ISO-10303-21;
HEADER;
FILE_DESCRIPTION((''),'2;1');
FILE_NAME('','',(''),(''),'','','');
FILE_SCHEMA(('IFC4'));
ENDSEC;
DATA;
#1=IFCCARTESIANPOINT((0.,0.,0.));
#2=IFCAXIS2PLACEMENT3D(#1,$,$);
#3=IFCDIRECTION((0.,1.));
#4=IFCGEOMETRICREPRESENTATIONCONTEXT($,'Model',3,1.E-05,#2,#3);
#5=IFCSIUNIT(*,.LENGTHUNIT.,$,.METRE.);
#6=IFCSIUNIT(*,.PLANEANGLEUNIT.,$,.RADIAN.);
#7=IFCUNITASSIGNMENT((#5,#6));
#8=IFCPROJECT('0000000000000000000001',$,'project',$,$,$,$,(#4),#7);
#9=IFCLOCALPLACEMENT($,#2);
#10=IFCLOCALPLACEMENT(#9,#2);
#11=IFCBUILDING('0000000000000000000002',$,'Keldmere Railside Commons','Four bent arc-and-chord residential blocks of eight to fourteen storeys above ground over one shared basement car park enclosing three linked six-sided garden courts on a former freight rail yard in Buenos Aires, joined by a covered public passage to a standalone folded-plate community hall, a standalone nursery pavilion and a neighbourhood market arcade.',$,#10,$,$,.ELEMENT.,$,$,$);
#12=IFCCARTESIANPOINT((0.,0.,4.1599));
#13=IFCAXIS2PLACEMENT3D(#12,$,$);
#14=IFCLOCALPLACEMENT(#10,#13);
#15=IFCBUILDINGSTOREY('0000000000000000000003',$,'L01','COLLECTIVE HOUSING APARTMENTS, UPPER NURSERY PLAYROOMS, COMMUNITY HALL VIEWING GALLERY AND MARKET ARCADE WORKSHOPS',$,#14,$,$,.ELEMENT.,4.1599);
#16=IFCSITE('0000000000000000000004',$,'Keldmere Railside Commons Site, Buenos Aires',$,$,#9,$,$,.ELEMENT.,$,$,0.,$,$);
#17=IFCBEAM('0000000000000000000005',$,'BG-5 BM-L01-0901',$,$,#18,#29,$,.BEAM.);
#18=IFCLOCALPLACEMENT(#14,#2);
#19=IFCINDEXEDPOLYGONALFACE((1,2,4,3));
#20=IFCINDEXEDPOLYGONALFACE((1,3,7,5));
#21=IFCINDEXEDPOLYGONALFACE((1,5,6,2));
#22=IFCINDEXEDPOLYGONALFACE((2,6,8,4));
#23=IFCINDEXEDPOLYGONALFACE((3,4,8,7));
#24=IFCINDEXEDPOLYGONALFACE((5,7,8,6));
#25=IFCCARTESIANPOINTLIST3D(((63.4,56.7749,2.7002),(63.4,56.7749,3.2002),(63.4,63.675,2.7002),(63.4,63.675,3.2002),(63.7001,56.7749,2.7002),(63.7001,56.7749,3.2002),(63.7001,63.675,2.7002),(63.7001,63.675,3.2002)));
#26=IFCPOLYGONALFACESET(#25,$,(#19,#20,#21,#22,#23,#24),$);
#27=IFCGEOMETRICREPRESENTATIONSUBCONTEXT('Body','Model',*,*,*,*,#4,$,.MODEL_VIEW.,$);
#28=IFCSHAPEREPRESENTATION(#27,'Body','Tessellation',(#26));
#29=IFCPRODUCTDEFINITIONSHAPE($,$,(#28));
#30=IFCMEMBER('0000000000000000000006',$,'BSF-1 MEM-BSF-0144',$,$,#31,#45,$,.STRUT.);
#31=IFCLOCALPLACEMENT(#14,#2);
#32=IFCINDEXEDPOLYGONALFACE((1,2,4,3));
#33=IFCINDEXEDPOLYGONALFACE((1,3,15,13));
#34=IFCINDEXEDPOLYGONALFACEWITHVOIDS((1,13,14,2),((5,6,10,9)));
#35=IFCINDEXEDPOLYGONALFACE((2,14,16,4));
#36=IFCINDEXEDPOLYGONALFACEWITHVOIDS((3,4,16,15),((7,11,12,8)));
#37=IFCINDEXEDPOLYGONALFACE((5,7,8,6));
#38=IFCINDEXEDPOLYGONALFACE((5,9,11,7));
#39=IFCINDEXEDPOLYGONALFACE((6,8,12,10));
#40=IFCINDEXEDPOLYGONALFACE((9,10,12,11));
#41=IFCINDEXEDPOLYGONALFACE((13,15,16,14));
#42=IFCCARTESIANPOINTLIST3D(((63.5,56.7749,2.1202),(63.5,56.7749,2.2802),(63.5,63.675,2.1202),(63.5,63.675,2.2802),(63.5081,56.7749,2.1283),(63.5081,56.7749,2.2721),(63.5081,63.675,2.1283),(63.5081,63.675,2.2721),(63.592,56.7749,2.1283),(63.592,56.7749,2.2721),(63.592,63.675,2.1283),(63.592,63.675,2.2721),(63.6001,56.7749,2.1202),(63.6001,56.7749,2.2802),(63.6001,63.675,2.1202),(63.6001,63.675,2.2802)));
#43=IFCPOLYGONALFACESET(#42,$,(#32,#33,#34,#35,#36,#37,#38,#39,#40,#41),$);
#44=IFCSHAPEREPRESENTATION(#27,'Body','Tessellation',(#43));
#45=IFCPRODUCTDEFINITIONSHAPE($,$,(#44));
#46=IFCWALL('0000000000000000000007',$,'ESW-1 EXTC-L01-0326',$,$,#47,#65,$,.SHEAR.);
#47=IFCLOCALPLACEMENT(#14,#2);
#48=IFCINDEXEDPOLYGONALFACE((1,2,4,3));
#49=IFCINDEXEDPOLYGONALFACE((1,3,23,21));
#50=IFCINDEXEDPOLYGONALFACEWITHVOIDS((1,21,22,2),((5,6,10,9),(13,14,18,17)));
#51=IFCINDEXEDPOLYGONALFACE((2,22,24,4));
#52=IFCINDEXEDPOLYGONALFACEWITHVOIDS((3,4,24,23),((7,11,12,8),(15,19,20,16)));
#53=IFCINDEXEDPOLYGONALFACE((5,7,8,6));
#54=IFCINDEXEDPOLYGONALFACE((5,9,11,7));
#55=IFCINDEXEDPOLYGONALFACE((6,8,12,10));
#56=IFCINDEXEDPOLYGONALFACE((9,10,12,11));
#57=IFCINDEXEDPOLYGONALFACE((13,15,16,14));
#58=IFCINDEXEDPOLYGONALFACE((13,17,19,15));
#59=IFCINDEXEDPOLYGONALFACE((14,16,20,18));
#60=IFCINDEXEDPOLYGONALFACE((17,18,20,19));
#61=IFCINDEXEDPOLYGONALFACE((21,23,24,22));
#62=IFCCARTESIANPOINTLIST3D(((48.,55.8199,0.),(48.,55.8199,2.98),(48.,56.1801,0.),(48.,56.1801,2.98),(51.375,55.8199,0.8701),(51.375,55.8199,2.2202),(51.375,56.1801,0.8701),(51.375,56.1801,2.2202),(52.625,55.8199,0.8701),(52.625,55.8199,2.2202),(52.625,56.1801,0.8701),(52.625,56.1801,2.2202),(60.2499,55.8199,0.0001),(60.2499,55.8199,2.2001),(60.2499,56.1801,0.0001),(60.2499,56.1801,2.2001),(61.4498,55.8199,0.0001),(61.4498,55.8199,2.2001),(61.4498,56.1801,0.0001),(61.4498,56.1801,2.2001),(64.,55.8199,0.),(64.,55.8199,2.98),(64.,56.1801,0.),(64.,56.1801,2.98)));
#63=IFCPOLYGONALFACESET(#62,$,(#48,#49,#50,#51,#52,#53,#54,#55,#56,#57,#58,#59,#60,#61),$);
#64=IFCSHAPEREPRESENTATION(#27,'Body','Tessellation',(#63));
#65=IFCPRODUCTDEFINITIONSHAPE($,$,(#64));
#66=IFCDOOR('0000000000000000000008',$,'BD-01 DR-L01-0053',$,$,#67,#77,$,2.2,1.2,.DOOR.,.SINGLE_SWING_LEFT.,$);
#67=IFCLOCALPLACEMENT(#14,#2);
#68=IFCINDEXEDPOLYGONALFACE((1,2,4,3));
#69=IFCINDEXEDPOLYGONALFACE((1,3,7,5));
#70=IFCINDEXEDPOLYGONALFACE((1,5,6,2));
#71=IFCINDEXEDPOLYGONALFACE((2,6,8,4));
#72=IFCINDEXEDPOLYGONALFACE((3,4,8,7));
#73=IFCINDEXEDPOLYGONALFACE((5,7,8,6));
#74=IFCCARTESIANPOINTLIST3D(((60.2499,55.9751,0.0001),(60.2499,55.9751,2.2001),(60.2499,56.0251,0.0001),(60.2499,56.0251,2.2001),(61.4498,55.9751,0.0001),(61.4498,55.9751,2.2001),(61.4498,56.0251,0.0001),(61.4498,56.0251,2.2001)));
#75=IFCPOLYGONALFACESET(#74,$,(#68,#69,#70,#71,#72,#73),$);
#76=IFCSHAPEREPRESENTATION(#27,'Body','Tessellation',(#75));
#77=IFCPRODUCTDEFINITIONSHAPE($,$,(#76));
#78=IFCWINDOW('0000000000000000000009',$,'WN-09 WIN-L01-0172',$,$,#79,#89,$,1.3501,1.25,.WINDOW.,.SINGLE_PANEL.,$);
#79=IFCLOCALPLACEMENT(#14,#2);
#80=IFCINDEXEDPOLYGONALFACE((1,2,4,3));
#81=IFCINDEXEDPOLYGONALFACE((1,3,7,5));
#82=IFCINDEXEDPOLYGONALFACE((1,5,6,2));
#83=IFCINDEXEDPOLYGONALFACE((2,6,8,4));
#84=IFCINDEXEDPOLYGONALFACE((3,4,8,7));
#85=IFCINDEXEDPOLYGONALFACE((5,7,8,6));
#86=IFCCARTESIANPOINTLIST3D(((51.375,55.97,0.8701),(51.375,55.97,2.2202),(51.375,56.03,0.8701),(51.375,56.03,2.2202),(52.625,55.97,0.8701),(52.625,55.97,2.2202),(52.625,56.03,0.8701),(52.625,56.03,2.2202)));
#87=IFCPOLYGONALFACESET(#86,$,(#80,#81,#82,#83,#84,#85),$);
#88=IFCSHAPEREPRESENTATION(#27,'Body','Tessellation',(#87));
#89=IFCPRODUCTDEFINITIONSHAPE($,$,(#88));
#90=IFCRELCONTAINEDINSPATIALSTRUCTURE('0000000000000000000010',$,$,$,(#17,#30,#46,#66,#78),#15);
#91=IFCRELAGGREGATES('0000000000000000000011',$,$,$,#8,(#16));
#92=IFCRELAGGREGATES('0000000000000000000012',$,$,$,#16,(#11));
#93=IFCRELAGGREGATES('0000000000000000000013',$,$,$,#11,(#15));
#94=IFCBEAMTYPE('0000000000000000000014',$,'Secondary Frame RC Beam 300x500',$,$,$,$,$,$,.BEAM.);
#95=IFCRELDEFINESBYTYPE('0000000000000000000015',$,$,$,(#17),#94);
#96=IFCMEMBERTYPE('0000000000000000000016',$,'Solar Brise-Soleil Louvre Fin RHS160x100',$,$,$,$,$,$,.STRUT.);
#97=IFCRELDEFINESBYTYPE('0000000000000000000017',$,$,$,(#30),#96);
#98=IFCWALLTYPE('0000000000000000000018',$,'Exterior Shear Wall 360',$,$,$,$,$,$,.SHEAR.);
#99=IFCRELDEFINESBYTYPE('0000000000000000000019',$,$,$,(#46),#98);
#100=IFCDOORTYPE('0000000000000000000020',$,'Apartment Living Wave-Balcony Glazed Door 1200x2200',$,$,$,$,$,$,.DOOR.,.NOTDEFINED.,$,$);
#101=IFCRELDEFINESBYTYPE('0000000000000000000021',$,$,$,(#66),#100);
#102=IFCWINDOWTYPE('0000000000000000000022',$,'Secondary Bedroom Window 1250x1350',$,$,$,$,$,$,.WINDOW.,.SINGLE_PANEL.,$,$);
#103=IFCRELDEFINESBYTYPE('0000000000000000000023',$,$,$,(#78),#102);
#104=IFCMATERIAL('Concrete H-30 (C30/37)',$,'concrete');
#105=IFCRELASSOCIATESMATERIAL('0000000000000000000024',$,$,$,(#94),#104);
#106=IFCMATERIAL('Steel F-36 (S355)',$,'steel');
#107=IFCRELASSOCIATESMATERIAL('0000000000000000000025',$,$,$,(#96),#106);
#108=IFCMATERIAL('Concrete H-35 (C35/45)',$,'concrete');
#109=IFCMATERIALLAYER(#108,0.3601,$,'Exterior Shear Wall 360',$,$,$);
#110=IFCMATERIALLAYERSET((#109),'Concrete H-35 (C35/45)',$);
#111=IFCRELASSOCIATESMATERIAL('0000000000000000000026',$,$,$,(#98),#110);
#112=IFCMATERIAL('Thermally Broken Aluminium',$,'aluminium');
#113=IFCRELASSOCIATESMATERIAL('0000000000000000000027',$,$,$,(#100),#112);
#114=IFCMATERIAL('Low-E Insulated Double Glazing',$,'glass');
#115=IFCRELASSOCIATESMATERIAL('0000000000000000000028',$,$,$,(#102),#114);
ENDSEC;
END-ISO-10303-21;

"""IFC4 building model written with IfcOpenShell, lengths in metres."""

from ifc_helpers import new_model, si_unit, direction, frame, frame_2d, origin, origin_2d, place, context, subcontext, project, spatial, rectangle, hollow_rectangle, extrude, material, layer, layer_set, material_profile, profile_set, type_object, element, fill, save


model = new_model("IFC4")

# Units and contexts
model_context = context("Model", 3, precision=1e-05, world=origin(), true_north=direction((0.0, 1.0)))
body_context = subcontext(model_context, "Body", "Model", "MODEL_VIEW")
ifc_project = project(units=[si_unit("LENGTHUNIT", "METRE"), si_unit("PLANEANGLEUNIT", "RADIAN")], contexts=[model_context])

# Site, building, storey
site_placement = place(None, origin())
site = spatial("IfcSite", under=ifc_project, at=site_placement, Name="Keldmere Railside Commons Site, Buenos Aires", CompositionType="ELEMENT", RefElevation=0.0)
building_placement = place(site_placement, origin())
building = spatial("IfcBuilding", under=site, at=building_placement, Name="Keldmere Railside Commons", Description="Four bent arc-and-chord residential blocks of eight to fourteen storeys above ground over one shared basement car park enclosing three linked six-sided garden courts on a former freight rail yard in Buenos Aires, joined by a covered public passage to a standalone folded-plate community hall, a standalone nursery pavilion and a neighbourhood market arcade.", CompositionType="ELEMENT")
storey_placement = place(building_placement, frame((0.0, 0.0, 4.1599)))
storey = spatial("IfcBuildingStorey", under=building, at=storey_placement, Name="L01", Description="COLLECTIVE HOUSING APARTMENTS, UPPER NURSERY PLAYROOMS, COMMUNITY HALL VIEWING GALLERY AND MARKET ARCADE WORKSHOPS", CompositionType="ELEMENT", Elevation=4.1599)

# Shared definitions
ifc_material_1 = material(Name="Steel F-36 (S355)", Category="steel")

# Beam
ifc_material_2 = material(Name="Concrete H-30 (C30/37)", Category="concrete")
ifc_material_profile_1 = material_profile(ifc_material_2, rectangle(XDim=0.3, YDim=0.5, at=origin_2d()), Name="RC-300x500")
ifc_profile_set_1 = profile_set([ifc_material_profile_1], Name="Concrete H-30 (C30/37)")
beam_type_1 = type_object("IfcBeamType", Name="Secondary Frame RC Beam 300x500", PredefinedType="BEAM", material=ifc_profile_set_1)
beam_placement = place(storey_placement, frame((63.55, 56.7749, 2.9502), z_axis=(0.0, 1.0, 0.0), x_axis=(-1.0, 0.0, 0.0)))
element("IfcBeam", 1, at=beam_placement, inside=storey, type_object=beam_type_1, Name="BG-5 BM-L01-0901", PredefinedType="BEAM", context=body_context, shape_type="SweptSolid", body=[
    extrude(rectangle(XDim=0.3, YDim=0.5, at=origin_2d()), origin(), (0.0, 0.0, 1.0), 6.9001),
])

# Member
ifc_material_profile_2 = material_profile(ifc_material_1, hollow_rectangle(XDim=0.1001, YDim=0.1599, WallThickness=0.0081, at=origin_2d()), Name="RHS-160x100x8")
ifc_profile_set_2 = profile_set([ifc_material_profile_2], Name="Steel F-36 (S355)")
member_type_1 = type_object("IfcMemberType", Name="Solar Brise-Soleil Louvre Fin RHS160x100", PredefinedType="STRUT", material=ifc_profile_set_2)
member_1_placement = place(storey_placement, frame((63.55, 56.7749, 2.2002), z_axis=(0.0, 1.0, 0.0), x_axis=(-1.0, 0.0, 0.0)))
element("IfcMember", 2, at=member_1_placement, inside=storey, type_object=member_type_1, Name="BSF-1 MEM-BSF-0144", PredefinedType="STRUT", context=body_context, shape_type="SweptSolid", body=[
    extrude(hollow_rectangle(XDim=0.1001, YDim=0.1599, WallThickness=0.0081, at=origin_2d()), origin(), (0.0, 0.0, 1.0), 6.9001),
])

# Wall, openings, door, window
ifc_material_3 = material(Name="Concrete H-35 (C35/45)", Category="concrete")
ifc_layer = layer(ifc_material_3, 0.3601, Name="Exterior Shear Wall 360")
ifc_layer_set = layer_set([ifc_layer], Name="Concrete H-35 (C35/45)")
wall_type = type_object("IfcWallType", Name="Exterior Shear Wall 360", PredefinedType="SHEAR", material=ifc_layer_set)
wall_placement = place(storey_placement, frame((64.0, 56.0, 0.0), z_axis=(0.0, 0.0, 1.0), x_axis=(-1.0, 0.0, 0.0)))
wall = element("IfcWall", 3, at=wall_placement, inside=storey, type_object=wall_type, Name="ESW-1 EXTC-L01-0326", PredefinedType="SHEAR", context=body_context, shape_type="SweptSolid", body=[
    extrude(rectangle(XDim=16.0, YDim=0.3601, at=frame_2d((8.0, 0.0))), origin(), (0.0, 0.0, 1.0), 2.98),
])
opening_1_placement = place(wall_placement, frame((2.55, 0.0, 0.0)))
opening_1 = element("IfcOpeningElement", 4, at=opening_1_placement, cuts=wall, PredefinedType="OPENING", context=body_context, shape_type="SweptSolid", body=[
    extrude(rectangle(XDim=1.2, YDim=2.2, at=frame_2d((0.6001, 1.1001))), frame((0.0, 0.1899, 0.0), z_axis=(0.0, -1.0, 0.0), x_axis=(1.0, 0.0, 0.0)), (0.0, 0.0, 1.0), 0.3801),
])
opening_2_placement = place(wall_placement, frame((11.375, 0.0, 0.8701)))
opening_2 = element("IfcOpeningElement", 5, at=opening_2_placement, cuts=wall, PredefinedType="OPENING", context=body_context, shape_type="SweptSolid", body=[
    extrude(rectangle(XDim=1.25, YDim=1.3501, at=frame_2d((0.625, 0.675))), frame((0.0, 0.1899, 0.0), z_axis=(0.0, -1.0, 0.0), x_axis=(1.0, 0.0, 0.0)), (0.0, 0.0, 1.0), 0.3801),
])
ifc_material_4 = material(Name="Thermally Broken Aluminium", Category="aluminium")
door_type = type_object("IfcDoorType", Name="Apartment Living Wave-Balcony Glazed Door 1200x2200", OperationType="NOTDEFINED", PredefinedType="DOOR", material=ifc_material_4)
door_placement = place(opening_1_placement, origin())
door = element("IfcDoor", 6, at=door_placement, inside=storey, type_object=door_type, Name="BD-01 DR-L01-0053", OperationType="SINGLE_SWING_LEFT", OverallHeight=2.2, OverallWidth=1.2, PredefinedType="DOOR", context=body_context, shape_type="SweptSolid", body=[
    extrude(rectangle(XDim=1.2, YDim=2.2, at=frame_2d((0.6001, 1.1001))), frame((0.0, 0.0249, 0.0), z_axis=(0.0, -1.0, 0.0), x_axis=(1.0, 0.0, 0.0)), (0.0, 0.0, 1.0), 0.05),
])
fill(opening_1, door)
ifc_material_5 = material(Name="Low-E Insulated Double Glazing", Category="glass")
window_type = type_object("IfcWindowType", Name="Secondary Bedroom Window 1250x1350", PartitioningType="SINGLE_PANEL", PredefinedType="WINDOW", material=ifc_material_5)
window_placement = place(opening_2_placement, origin())
window = element("IfcWindow", 7, at=window_placement, inside=storey, type_object=window_type, Name="WN-09 WIN-L01-0172", OverallHeight=1.3501, OverallWidth=1.25, PartitioningType="SINGLE_PANEL", PredefinedType="WINDOW", context=body_context, shape_type="SweptSolid", body=[
    extrude(rectangle(XDim=1.25, YDim=1.3501, at=frame_2d((0.625, 0.675))), frame((0.0, 0.03, 0.0), z_axis=(0.0, -1.0, 0.0), x_axis=(1.0, 0.0, 0.0)), (0.0, 0.0, 1.0), 0.0601),
])
fill(opening_2, window)

save(model, "model.ifc")
